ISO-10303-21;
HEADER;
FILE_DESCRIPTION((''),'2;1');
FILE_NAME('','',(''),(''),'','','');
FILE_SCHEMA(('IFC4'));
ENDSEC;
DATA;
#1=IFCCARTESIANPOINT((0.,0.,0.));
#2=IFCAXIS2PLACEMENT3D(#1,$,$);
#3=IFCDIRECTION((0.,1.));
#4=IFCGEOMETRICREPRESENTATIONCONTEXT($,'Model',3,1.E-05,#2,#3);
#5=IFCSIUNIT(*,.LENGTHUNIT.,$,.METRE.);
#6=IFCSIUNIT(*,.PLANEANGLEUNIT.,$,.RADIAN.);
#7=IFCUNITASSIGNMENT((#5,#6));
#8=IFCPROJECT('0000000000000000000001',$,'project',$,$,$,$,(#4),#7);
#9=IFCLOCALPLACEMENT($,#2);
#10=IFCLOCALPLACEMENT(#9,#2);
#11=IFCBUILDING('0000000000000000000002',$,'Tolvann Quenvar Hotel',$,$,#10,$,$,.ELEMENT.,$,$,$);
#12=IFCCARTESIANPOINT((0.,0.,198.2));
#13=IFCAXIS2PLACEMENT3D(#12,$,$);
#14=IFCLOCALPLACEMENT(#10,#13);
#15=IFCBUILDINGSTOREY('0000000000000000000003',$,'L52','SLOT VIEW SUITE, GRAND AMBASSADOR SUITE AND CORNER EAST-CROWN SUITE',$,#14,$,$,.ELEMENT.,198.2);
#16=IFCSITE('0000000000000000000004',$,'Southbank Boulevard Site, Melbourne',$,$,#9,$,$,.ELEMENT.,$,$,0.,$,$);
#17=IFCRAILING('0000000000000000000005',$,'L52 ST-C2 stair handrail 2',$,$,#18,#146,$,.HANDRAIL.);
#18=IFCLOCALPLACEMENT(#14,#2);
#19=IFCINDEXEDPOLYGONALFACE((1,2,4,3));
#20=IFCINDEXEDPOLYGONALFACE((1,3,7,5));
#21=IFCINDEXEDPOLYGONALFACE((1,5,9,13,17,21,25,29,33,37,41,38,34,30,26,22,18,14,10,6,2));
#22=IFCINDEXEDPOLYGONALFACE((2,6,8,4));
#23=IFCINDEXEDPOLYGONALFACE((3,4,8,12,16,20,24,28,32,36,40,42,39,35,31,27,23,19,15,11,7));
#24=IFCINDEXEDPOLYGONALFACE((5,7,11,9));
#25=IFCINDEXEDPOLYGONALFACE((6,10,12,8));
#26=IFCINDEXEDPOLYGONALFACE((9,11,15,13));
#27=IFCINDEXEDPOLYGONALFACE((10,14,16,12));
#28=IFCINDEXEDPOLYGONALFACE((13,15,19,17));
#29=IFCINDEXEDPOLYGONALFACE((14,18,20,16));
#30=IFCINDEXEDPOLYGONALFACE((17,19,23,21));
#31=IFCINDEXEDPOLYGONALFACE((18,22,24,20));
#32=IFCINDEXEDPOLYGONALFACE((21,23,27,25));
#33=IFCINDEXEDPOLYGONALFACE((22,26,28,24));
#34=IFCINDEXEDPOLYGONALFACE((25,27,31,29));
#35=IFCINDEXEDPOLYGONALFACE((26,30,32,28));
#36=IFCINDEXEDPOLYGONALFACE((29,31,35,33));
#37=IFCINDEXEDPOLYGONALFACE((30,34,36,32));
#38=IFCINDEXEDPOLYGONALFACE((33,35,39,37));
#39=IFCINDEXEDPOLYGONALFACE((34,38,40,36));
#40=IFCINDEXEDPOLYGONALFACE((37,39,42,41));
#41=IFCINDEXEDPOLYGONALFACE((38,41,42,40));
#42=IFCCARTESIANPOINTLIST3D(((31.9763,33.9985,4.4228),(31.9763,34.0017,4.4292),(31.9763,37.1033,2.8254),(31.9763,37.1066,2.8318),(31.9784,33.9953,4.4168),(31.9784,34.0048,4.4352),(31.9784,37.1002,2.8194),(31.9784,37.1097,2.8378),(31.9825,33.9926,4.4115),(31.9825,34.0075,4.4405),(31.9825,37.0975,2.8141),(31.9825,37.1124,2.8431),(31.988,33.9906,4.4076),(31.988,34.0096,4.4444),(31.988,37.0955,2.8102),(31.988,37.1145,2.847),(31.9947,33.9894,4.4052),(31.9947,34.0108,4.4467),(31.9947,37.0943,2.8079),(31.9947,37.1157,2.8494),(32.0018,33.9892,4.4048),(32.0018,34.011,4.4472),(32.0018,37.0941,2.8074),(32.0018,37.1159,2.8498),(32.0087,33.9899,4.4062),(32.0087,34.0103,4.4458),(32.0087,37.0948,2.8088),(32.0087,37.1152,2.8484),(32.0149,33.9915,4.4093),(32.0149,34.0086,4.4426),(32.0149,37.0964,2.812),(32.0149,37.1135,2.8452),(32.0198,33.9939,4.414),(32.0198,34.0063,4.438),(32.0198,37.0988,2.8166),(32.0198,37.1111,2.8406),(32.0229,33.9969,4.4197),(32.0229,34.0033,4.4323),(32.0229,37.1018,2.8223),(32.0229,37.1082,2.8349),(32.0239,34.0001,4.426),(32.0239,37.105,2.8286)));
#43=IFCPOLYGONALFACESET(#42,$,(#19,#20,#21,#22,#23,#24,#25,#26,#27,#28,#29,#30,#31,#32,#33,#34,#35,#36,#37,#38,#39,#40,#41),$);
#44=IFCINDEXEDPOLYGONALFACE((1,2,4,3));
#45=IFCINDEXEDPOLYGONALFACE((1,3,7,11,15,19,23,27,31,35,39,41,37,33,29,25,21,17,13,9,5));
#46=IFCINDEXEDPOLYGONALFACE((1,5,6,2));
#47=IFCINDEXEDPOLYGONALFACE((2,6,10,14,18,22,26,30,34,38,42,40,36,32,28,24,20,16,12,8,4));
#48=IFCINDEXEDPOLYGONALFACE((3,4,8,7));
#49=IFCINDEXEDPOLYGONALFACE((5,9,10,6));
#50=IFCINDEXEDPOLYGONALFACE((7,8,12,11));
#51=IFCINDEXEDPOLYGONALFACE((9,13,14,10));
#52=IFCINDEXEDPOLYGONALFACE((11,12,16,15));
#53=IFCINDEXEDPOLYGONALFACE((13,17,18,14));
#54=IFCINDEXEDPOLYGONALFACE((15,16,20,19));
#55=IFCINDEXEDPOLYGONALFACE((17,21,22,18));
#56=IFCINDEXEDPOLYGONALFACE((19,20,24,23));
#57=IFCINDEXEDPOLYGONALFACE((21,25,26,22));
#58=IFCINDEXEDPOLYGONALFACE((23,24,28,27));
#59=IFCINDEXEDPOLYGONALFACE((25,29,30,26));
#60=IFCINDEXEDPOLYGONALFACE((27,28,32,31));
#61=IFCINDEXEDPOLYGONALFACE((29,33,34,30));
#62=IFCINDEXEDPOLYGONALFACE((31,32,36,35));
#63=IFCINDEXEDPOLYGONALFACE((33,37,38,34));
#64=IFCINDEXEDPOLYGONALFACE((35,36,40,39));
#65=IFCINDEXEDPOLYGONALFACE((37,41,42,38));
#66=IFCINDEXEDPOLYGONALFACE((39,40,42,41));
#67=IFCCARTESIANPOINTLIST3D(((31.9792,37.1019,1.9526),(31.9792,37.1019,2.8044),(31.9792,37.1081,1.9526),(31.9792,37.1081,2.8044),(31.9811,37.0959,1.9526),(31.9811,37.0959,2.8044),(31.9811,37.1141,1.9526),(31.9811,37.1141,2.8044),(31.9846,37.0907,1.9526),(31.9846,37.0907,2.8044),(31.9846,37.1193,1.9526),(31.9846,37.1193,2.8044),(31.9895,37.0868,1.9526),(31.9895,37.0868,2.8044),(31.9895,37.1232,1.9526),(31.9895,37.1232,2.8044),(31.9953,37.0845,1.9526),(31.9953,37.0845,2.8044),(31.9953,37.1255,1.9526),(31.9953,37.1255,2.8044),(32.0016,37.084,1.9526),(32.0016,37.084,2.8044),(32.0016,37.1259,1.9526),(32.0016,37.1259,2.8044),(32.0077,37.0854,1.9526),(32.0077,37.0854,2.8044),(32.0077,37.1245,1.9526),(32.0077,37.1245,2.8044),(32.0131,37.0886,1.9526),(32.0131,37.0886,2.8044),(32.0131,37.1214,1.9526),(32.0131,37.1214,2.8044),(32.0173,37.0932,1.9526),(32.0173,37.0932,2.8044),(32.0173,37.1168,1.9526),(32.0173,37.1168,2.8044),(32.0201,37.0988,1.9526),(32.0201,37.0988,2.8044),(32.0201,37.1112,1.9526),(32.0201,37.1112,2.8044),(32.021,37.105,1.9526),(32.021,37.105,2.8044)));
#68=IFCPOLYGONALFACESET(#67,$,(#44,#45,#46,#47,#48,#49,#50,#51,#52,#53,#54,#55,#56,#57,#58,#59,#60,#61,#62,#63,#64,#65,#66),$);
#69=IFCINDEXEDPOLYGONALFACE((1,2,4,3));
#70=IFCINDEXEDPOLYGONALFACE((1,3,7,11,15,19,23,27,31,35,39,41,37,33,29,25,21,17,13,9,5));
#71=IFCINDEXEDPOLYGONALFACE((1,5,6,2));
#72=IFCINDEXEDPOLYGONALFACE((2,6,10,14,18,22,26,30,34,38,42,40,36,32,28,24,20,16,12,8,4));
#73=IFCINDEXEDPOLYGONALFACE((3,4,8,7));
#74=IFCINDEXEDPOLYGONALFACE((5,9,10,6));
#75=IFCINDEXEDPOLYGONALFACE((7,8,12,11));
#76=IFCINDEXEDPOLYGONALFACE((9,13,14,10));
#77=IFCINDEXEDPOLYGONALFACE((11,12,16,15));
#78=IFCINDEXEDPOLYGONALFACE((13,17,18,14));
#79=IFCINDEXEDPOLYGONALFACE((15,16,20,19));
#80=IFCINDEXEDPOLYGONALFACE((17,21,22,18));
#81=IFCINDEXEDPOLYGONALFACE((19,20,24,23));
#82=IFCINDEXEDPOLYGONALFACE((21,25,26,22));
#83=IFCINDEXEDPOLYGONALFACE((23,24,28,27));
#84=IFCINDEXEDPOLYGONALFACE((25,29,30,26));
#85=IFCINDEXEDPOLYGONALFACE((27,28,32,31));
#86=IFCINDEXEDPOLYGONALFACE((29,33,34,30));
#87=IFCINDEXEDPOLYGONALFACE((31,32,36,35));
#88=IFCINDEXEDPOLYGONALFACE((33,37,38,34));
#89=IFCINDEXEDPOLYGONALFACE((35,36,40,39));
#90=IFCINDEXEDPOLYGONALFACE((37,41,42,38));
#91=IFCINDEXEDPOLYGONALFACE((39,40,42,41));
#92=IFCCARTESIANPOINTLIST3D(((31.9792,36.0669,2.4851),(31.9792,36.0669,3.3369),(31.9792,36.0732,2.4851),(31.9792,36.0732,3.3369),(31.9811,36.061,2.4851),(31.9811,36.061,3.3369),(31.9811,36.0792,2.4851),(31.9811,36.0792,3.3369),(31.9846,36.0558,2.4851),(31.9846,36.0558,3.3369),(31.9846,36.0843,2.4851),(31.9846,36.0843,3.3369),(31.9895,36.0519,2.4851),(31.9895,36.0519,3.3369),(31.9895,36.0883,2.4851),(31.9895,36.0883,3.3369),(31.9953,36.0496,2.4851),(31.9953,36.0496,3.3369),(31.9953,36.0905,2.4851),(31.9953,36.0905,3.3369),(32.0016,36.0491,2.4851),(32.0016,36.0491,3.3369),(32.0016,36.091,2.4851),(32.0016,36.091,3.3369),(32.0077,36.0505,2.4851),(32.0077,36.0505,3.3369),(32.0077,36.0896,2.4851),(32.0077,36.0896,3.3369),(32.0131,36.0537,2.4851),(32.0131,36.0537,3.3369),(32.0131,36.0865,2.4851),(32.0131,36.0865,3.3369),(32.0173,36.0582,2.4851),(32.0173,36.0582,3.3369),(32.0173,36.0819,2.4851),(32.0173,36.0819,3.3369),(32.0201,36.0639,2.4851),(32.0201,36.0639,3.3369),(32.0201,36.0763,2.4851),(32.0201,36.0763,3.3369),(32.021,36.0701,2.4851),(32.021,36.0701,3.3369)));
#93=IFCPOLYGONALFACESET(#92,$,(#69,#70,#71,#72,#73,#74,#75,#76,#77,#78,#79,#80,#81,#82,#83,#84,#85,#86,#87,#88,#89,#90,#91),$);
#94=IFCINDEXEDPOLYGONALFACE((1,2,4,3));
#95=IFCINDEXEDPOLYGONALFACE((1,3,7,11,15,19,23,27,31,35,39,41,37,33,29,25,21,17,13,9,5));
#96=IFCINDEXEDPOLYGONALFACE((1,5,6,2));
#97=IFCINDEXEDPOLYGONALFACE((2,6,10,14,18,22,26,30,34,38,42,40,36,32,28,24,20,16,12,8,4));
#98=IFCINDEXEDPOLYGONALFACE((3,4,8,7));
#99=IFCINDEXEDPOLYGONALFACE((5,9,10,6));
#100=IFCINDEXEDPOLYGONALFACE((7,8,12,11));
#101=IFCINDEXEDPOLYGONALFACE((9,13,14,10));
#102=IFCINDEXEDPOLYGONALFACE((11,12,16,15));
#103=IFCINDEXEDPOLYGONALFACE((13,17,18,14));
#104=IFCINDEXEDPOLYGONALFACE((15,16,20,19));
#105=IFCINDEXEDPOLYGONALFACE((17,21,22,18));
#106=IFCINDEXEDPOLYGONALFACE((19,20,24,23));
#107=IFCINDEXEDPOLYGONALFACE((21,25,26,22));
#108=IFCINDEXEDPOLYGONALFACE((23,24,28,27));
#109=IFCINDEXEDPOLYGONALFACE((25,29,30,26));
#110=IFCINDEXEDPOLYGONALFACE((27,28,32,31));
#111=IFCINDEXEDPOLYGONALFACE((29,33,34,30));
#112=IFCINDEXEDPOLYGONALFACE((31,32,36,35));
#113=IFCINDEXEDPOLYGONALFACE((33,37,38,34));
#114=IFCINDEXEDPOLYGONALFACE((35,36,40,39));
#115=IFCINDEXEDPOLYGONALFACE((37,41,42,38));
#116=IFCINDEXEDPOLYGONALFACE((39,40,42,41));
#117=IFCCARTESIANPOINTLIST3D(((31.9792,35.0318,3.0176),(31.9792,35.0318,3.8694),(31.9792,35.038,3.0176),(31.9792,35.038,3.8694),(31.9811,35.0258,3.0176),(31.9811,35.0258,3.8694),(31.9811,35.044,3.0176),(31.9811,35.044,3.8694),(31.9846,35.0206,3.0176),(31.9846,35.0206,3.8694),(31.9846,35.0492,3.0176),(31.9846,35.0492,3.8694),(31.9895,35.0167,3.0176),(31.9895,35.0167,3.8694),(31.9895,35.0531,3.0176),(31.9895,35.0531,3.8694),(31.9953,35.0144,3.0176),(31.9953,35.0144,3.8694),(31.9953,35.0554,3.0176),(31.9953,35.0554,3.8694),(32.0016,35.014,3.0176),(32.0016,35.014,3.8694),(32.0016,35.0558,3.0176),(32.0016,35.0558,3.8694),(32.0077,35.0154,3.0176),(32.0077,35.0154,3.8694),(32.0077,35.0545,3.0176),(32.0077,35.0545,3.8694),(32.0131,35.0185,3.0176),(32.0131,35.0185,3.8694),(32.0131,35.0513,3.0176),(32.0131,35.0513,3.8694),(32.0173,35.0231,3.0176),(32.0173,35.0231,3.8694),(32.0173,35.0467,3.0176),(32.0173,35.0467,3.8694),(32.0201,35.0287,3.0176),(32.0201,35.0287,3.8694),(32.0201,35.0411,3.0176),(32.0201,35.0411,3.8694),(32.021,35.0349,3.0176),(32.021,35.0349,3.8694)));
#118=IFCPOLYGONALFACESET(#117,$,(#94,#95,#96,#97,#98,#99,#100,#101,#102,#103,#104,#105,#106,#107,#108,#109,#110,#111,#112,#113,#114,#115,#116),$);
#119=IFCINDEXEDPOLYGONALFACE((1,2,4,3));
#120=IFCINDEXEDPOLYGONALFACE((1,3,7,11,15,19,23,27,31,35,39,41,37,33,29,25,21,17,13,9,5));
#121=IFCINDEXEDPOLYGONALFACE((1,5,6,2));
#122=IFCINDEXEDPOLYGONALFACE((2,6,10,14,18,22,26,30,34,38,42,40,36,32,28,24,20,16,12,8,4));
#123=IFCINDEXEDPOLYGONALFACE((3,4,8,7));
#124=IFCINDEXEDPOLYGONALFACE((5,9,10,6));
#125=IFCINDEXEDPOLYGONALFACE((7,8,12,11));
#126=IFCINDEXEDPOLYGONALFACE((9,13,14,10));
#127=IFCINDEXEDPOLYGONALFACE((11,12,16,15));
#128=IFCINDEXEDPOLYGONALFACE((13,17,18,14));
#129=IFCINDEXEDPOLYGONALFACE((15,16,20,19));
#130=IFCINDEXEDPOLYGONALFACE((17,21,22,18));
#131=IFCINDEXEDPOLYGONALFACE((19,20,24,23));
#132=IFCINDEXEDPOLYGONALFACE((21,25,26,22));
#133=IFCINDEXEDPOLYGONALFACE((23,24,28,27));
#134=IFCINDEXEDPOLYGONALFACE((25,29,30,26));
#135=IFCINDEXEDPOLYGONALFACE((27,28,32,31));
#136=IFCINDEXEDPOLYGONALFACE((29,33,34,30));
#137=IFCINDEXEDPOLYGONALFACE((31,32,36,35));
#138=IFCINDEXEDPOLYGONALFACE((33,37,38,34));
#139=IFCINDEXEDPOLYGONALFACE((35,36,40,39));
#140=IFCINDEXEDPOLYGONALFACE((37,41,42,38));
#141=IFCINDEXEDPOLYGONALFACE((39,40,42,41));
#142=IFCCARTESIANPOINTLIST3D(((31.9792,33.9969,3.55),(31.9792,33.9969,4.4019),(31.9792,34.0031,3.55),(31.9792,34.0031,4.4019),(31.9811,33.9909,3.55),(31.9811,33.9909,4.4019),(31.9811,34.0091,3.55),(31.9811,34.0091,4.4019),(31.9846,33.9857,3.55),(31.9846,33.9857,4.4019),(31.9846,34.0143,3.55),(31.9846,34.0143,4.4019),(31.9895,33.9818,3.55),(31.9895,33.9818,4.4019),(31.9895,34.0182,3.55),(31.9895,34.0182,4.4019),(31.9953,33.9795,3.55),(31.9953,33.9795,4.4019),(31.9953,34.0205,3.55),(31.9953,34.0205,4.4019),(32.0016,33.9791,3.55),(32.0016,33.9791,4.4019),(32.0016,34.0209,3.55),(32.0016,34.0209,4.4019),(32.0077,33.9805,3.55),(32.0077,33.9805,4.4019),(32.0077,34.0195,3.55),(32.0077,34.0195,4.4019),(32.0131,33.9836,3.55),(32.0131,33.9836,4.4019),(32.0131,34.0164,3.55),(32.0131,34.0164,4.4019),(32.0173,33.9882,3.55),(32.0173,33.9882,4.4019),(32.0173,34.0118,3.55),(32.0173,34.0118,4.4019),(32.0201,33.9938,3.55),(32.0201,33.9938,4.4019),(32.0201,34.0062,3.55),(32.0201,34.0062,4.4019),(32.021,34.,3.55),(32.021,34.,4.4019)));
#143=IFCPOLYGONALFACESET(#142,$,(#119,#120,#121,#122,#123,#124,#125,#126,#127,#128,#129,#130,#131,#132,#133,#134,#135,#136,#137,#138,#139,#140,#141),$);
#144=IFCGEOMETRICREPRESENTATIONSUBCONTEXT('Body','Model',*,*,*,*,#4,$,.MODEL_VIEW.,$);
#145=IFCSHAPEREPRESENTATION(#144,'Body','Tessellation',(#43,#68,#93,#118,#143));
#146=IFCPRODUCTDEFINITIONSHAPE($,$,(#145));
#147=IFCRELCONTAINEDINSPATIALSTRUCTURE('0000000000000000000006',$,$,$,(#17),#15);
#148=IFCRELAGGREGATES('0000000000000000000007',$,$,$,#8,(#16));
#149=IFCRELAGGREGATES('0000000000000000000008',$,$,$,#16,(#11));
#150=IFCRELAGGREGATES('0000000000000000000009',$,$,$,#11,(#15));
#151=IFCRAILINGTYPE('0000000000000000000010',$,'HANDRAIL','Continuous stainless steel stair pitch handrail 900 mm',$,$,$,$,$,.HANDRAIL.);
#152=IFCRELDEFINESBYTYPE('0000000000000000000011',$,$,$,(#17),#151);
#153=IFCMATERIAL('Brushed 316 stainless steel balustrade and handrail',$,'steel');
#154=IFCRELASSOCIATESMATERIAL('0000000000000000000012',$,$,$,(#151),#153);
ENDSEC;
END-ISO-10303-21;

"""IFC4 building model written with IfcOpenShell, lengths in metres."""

from ifc_helpers import new_model, si_unit, direction, frame, origin, origin_2d, place, context, subcontext, project, spatial, circle, extrude, material, type_object, element, save


model = new_model("IFC4")

# Units and contexts
model_context = context("Model", 3, precision=1e-05, world=origin(), true_north=direction((0.0, 1.0)))
body_context = subcontext(model_context, "Body", "Model", "MODEL_VIEW")
ifc_project = project(units=[si_unit("LENGTHUNIT", "METRE"), si_unit("PLANEANGLEUNIT", "RADIAN")], contexts=[model_context])

# Site, building, storey
site_placement = place(None, origin())
site = spatial("IfcSite", under=ifc_project, at=site_placement, Name="Southbank Boulevard Site, Melbourne", CompositionType="ELEMENT", RefElevation=0.0)
building_placement = place(site_placement, origin())
building = spatial("IfcBuilding", under=site, at=building_placement, Name="Tolvann Quenvar Hotel", CompositionType="ELEMENT")
storey_placement = place(building_placement, frame((0.0, 0.0, 198.2)))
storey = spatial("IfcBuildingStorey", under=building, at=storey_placement, Name="L52", Description="SLOT VIEW SUITE, GRAND AMBASSADOR SUITE AND CORNER EAST-CROWN SUITE", CompositionType="ELEMENT", Elevation=198.2)

# Railing
ifc_material_1 = material(Name="Brushed 316 stainless steel balustrade and handrail", Category="steel")
railing_type_1 = type_object("IfcRailingType", Name="HANDRAIL", Description="Continuous stainless steel stair pitch handrail 900 mm", PredefinedType="HANDRAIL", material=ifc_material_1)
railing_1_placement = place(storey_placement, frame((32.0, 37.105, 1.9526)))
element("IfcRailing", 1, at=railing_1_placement, inside=storey, type_object=railing_type_1, Name="L52 ST-C2 stair handrail 2", PredefinedType="HANDRAIL", context=body_context, shape_type="SweptSolid", body=[
    extrude(circle(Radius=0.0239, at=origin_2d()), frame((0.0, 0.0, 0.876), z_axis=(0.0, -0.889222, 0.457476), x_axis=(1.0, 0.0, 0.0)), (0.0, 0.0, 1.0), 3.4917),
    extrude(circle(Radius=0.021, at=origin_2d()), origin(), (0.0, 0.0, 1.0), 0.8518),
    extrude(circle(Radius=0.021, at=origin_2d()), frame((0.0, -1.0349, 0.5325)), (0.0, 0.0, 1.0), 0.8518),
    extrude(circle(Radius=0.021, at=origin_2d()), frame((0.0, -2.0701, 1.0649)), (0.0, 0.0, 1.0), 0.8518),
    extrude(circle(Radius=0.021, at=origin_2d()), frame((0.0, -3.105, 1.5974)), (0.0, 0.0, 1.0), 0.8518),
])

save(model, "model.ifc")
